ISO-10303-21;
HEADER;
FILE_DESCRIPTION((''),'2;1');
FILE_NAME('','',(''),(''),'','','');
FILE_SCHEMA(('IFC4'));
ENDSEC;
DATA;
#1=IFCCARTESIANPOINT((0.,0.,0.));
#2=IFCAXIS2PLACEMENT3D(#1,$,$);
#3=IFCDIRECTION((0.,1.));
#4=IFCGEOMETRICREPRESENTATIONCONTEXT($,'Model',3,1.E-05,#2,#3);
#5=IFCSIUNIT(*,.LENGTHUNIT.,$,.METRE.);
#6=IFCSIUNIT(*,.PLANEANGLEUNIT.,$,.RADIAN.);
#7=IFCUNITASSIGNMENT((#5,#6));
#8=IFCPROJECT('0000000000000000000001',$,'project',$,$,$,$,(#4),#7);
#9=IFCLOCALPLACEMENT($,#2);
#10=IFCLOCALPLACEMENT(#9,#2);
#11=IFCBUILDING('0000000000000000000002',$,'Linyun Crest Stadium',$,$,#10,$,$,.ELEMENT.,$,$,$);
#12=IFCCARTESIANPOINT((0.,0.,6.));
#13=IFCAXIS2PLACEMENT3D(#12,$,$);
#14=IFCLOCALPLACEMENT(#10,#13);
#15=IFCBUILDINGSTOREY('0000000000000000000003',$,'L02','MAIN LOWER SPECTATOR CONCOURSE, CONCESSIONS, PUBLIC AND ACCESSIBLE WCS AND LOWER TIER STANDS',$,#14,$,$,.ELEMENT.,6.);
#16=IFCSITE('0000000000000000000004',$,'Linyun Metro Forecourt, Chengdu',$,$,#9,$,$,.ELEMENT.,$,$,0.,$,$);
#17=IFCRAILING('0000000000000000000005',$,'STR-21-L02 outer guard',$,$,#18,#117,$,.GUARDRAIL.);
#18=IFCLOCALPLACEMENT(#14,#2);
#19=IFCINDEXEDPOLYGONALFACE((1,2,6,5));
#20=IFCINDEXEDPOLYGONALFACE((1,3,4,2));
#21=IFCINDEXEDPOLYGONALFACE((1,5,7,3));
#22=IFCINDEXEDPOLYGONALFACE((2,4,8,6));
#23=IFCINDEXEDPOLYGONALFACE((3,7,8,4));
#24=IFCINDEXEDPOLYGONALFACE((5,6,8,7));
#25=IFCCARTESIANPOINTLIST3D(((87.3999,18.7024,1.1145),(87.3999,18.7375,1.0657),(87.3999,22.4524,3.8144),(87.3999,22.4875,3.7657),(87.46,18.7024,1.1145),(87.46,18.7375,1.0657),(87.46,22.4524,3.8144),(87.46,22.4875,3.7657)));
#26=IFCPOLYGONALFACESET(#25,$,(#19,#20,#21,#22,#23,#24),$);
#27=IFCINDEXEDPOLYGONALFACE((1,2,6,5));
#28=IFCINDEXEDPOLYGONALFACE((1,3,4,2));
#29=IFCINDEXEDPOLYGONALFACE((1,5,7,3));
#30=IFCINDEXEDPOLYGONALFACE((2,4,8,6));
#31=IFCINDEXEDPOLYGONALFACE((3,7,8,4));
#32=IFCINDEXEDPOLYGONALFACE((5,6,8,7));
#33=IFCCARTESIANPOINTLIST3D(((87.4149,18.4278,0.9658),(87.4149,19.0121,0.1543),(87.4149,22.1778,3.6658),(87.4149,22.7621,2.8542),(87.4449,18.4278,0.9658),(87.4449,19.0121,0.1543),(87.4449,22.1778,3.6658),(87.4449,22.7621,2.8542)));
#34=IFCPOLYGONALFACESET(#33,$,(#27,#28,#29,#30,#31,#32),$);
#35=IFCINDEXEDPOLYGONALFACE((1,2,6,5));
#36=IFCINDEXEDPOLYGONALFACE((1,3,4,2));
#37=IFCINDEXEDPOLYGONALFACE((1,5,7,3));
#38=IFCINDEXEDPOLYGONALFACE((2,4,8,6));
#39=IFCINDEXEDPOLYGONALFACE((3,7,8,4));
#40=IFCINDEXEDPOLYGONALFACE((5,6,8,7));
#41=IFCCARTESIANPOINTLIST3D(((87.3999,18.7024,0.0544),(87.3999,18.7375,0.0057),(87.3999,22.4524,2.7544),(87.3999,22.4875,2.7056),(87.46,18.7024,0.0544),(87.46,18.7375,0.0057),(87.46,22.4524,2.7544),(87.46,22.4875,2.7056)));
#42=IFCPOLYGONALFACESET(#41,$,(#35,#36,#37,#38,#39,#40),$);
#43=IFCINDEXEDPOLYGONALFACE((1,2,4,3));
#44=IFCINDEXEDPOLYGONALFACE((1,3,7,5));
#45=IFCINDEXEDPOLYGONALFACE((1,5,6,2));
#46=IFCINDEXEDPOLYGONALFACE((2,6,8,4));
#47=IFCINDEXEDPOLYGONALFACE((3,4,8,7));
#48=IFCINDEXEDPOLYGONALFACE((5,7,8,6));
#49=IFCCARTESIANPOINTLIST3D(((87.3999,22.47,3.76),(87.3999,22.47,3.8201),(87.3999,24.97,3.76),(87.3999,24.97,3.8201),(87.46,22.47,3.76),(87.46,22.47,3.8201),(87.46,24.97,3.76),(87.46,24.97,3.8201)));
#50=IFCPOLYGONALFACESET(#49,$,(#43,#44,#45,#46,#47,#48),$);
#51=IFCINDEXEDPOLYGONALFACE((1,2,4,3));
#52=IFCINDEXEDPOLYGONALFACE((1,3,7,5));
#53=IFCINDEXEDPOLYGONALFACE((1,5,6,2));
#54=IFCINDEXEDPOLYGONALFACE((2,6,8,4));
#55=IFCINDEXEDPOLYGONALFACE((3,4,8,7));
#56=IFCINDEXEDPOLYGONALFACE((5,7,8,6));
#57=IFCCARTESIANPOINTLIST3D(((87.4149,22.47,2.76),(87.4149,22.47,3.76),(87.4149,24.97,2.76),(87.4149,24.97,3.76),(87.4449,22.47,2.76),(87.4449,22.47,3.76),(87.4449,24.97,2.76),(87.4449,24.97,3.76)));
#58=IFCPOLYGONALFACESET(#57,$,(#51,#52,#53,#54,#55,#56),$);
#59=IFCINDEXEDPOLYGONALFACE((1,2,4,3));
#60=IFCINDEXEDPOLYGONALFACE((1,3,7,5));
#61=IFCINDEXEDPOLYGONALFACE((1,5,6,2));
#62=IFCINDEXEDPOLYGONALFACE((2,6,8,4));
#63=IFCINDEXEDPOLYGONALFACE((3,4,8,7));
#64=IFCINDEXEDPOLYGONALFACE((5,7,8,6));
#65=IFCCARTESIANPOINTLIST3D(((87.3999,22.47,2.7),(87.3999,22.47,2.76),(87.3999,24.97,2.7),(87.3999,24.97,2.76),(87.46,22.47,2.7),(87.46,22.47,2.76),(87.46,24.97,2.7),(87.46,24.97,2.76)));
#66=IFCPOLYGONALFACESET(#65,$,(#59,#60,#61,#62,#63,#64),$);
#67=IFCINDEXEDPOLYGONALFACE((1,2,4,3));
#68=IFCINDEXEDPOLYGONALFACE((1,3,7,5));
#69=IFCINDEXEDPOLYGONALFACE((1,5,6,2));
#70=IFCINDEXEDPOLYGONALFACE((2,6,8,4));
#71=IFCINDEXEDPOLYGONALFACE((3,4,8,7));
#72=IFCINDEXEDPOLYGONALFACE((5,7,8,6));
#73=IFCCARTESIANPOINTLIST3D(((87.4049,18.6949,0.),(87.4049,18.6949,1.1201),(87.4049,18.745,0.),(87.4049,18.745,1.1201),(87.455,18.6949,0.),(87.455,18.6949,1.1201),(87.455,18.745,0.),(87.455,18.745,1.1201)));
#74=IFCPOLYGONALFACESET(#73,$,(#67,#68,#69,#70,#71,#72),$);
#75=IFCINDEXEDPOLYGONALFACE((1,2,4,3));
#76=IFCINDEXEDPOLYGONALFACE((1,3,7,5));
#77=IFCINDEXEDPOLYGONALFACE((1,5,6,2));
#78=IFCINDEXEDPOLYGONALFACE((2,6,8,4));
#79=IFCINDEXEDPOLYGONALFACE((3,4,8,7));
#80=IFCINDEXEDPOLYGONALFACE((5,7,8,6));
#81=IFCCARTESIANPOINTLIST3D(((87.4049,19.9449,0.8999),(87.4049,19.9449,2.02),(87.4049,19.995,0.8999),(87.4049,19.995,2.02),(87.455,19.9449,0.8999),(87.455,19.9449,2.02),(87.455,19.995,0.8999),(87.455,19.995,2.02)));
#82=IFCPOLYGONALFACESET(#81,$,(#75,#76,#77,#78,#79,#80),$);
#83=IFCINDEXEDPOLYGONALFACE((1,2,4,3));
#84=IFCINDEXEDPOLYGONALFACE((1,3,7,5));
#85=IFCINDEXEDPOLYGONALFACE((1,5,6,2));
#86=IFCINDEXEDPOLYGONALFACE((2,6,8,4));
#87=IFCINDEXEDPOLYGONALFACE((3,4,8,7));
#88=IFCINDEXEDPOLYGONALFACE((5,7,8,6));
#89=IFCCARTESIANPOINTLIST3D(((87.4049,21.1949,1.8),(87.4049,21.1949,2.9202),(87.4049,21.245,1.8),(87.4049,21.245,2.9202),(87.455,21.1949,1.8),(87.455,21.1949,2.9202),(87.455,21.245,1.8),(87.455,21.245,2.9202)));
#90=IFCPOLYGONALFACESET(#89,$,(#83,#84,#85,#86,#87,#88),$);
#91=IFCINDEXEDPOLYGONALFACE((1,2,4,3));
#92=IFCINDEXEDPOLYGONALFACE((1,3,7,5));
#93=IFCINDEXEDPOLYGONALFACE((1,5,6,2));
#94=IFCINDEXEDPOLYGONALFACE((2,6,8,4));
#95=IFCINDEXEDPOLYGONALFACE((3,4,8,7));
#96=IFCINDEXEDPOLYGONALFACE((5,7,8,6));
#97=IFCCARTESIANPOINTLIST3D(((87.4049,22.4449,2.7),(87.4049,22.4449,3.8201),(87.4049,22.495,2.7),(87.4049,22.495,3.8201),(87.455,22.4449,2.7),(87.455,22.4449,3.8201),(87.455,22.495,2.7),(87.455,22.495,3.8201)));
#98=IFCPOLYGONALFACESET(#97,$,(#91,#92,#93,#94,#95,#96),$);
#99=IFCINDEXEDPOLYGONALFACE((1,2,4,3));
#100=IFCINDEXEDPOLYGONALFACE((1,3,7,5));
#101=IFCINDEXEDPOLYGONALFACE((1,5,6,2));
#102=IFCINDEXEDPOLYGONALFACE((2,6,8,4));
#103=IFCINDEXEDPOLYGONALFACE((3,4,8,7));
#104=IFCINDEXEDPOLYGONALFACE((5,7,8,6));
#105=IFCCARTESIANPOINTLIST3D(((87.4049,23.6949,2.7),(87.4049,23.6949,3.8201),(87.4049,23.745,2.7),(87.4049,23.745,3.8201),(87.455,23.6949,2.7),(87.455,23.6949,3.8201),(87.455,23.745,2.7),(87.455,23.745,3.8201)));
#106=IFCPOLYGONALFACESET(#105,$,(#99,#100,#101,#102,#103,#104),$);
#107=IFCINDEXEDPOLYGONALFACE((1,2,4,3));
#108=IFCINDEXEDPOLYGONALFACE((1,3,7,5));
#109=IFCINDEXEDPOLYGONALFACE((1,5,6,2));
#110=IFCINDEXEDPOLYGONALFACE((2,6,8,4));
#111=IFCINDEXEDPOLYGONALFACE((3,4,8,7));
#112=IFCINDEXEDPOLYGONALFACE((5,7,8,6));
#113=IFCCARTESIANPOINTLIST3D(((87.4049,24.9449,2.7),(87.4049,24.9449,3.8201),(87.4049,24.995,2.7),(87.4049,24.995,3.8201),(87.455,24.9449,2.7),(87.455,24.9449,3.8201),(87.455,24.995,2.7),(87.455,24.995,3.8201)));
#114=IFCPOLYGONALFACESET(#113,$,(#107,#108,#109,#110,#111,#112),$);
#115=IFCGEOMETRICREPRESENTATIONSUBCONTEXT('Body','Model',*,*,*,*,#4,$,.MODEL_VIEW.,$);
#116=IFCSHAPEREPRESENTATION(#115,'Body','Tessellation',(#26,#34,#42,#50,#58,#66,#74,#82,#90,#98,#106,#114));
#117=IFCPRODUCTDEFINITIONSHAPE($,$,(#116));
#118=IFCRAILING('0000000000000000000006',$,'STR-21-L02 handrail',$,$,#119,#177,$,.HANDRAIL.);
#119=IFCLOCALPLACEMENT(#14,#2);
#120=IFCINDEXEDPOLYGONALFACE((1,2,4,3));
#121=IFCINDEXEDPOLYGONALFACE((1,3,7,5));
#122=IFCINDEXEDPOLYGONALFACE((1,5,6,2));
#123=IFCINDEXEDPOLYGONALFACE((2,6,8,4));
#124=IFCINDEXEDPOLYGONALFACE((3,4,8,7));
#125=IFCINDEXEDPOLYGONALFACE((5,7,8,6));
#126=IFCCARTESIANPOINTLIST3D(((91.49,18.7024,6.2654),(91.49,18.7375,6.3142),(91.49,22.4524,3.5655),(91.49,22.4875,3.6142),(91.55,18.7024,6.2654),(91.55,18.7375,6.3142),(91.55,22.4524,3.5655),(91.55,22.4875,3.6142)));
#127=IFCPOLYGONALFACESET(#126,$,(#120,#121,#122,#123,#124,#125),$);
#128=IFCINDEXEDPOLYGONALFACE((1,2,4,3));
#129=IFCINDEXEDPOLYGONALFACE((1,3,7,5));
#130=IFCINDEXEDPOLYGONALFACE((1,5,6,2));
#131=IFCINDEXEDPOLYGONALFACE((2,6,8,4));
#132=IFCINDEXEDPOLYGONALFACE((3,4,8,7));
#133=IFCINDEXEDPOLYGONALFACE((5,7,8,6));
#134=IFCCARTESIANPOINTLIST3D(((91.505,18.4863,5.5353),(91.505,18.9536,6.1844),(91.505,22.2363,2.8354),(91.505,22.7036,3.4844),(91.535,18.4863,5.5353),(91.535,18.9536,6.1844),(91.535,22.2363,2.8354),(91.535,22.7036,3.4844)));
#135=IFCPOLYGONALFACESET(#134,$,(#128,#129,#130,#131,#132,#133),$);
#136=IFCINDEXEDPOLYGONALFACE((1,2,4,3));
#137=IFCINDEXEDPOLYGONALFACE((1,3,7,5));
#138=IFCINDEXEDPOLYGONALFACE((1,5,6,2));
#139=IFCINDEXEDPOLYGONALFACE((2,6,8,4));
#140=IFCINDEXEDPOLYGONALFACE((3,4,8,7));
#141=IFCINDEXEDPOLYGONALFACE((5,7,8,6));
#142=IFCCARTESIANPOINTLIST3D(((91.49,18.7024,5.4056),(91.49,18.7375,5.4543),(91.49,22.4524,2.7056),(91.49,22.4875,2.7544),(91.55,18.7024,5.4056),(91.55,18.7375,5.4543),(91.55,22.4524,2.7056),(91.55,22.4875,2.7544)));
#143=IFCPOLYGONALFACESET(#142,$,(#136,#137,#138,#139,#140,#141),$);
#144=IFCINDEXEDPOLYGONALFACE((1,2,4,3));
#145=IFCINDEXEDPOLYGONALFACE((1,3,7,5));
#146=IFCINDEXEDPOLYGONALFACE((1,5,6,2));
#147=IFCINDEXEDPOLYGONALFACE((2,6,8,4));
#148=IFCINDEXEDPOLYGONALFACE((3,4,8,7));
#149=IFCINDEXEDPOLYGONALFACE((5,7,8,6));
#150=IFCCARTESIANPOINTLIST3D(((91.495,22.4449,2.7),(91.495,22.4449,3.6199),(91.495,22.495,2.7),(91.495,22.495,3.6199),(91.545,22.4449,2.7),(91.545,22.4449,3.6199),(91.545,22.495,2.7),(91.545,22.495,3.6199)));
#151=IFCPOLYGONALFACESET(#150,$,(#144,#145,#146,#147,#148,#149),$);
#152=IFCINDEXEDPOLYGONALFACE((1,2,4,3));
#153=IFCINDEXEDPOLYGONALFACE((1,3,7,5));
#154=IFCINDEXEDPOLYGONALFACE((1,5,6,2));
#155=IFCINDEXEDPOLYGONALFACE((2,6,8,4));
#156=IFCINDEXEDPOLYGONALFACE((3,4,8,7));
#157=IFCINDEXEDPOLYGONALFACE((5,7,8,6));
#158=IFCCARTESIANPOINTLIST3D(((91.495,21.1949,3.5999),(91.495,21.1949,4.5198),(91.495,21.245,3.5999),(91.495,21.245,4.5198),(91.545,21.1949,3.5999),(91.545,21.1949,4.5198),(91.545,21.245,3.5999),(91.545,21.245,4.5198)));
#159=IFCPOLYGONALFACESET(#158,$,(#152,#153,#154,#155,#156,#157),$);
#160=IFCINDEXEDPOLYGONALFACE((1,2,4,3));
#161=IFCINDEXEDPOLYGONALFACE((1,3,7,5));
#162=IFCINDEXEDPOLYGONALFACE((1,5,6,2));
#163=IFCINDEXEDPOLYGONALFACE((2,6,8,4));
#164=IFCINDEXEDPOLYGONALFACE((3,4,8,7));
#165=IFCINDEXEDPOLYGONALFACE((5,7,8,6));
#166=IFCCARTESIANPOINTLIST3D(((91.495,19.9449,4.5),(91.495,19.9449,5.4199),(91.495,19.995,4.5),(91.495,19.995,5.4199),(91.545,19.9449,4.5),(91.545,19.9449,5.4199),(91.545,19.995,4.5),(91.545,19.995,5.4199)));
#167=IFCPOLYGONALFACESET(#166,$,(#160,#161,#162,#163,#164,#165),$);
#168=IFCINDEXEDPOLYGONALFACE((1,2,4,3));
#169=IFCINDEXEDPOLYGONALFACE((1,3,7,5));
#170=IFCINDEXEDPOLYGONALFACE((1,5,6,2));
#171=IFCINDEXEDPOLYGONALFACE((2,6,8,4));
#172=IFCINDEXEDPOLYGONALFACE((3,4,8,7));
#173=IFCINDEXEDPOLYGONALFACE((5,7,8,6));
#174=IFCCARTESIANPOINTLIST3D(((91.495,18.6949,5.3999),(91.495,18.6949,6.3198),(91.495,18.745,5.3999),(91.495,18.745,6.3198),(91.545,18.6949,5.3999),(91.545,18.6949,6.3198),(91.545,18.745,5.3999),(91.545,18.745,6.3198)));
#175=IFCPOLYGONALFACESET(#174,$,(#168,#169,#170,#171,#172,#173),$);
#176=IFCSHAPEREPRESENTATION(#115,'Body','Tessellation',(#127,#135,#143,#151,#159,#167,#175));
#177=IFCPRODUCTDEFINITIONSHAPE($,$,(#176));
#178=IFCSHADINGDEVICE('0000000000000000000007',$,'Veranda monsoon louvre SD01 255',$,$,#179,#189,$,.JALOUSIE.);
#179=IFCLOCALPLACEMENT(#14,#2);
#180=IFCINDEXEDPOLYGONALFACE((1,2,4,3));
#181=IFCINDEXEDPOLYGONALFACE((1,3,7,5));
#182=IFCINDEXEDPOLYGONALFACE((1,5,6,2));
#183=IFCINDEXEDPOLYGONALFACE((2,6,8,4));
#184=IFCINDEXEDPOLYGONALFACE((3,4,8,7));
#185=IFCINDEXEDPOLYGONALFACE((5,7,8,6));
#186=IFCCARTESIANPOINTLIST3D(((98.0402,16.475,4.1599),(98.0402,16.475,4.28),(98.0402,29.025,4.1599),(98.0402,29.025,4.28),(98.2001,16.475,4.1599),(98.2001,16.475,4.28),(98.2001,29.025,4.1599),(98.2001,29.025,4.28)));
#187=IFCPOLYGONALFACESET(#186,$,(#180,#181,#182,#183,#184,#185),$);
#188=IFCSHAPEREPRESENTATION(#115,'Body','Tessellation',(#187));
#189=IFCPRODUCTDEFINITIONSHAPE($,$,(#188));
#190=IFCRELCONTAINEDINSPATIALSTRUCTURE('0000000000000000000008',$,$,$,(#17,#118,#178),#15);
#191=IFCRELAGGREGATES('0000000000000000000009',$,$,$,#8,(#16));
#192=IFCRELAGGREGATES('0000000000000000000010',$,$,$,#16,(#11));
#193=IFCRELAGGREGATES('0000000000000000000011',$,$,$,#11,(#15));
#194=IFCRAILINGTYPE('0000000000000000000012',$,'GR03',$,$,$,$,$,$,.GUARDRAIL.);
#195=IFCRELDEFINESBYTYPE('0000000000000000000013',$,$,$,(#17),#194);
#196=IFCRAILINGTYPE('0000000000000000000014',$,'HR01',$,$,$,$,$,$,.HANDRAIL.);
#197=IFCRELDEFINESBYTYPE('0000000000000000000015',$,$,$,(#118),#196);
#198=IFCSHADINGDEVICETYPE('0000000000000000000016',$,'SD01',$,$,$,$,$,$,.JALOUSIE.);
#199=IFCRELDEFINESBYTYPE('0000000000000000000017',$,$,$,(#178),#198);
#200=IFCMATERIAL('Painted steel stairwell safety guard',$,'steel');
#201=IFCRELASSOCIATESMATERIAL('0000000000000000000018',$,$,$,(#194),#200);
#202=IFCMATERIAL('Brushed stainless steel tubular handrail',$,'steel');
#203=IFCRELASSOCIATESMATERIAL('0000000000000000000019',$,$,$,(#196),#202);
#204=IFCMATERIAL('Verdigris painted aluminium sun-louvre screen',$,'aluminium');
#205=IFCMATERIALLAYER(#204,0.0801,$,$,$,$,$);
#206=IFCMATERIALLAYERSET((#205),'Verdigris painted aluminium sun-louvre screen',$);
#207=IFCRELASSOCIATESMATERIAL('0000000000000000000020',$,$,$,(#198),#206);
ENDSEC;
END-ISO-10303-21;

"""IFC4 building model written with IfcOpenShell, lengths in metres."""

from ifc_helpers import new_model, si_unit, direction, frame, origin, origin_2d, place, context, subcontext, project, spatial, rectangle, extrude, material, layer, layer_set, type_object, element, save


model = new_model("IFC4")

# Units and contexts
model_context = context("Model", 3, precision=1e-05, world=origin(), true_north=direction((0.0, 1.0)))
body_context = subcontext(model_context, "Body", "Model", "MODEL_VIEW")
ifc_project = project(units=[si_unit("LENGTHUNIT", "METRE"), si_unit("PLANEANGLEUNIT", "RADIAN")], contexts=[model_context])

# Site, building, storey
site_placement = place(None, origin())
site = spatial("IfcSite", under=ifc_project, at=site_placement, Name="Linyun Metro Forecourt, Chengdu", CompositionType="ELEMENT", RefElevation=0.0)
building_placement = place(site_placement, origin())
building = spatial("IfcBuilding", under=site, at=building_placement, Name="Linyun Crest Stadium", CompositionType="ELEMENT")
storey_placement = place(building_placement, frame((0.0, 0.0, 6.0)))
storey = spatial("IfcBuildingStorey", under=building, at=storey_placement, Name="L02", Description="MAIN LOWER SPECTATOR CONCOURSE, CONCESSIONS, PUBLIC AND ACCESSIBLE WCS AND LOWER TIER STANDS", CompositionType="ELEMENT", Elevation=6.0)

# Railings
ifc_material_1 = material(Name="Painted steel stairwell safety guard", Category="steel")
railing_type_1 = type_object("IfcRailingType", Name="GR03", PredefinedType="GUARDRAIL", material=ifc_material_1)
railing_1_placement = place(storey_placement, frame((87.4299, 18.72, 0.0)))
element("IfcRailing", 1, at=railing_1_placement, inside=storey, type_object=railing_type_1, Name="STR-21-L02 outer guard", PredefinedType="GUARDRAIL", context=body_context, shape_type="SweptSolid", body=[
    extrude(rectangle(XDim=0.0601, YDim=0.0601, at=origin_2d()), frame((0.0, 0.0, 1.0901), z_axis=(0.0, 0.811539, 0.584298), x_axis=(-1.0, 0.0, 0.0)), (0.0, 0.0, 1.0), 4.6208),
    extrude(rectangle(XDim=0.03, YDim=1.0, at=origin_2d()), frame((0.0, 0.0, 0.5601), z_axis=(0.0, 0.811539, 0.584298), x_axis=(-1.0, 0.0, 0.0)), (0.0, 0.0, 1.0), 4.6208),
    extrude(rectangle(XDim=0.0601, YDim=0.0601, at=origin_2d()), frame((0.0, 0.0, 0.03), z_axis=(0.0, 0.811539, 0.584298), x_axis=(-1.0, 0.0, 0.0)), (0.0, 0.0, 1.0), 4.6208),
    extrude(rectangle(XDim=0.0601, YDim=0.0601, at=origin_2d()), frame((0.0, 3.75, 3.79), z_axis=(0.0, 1.0, 0.0), x_axis=(-1.0, 0.0, 0.0)), (0.0, 0.0, 1.0), 2.5),
    extrude(rectangle(XDim=0.03, YDim=1.0, at=origin_2d()), frame((0.0, 3.75, 3.26), z_axis=(0.0, 1.0, 0.0), x_axis=(-1.0, 0.0, 0.0)), (0.0, 0.0, 1.0), 2.5),
    extrude(rectangle(XDim=0.0601, YDim=0.0601, at=origin_2d()), frame((0.0, 3.75, 2.73), z_axis=(0.0, 1.0, 0.0), x_axis=(-1.0, 0.0, 0.0)), (0.0, 0.0, 1.0), 2.5),
    extrude(rectangle(XDim=0.05, YDim=0.05, at=origin_2d()), origin(), (0.0, 0.0, 1.0), 1.1201),
    extrude(rectangle(XDim=0.05, YDim=0.05, at=origin_2d()), frame((0.0, 1.25, 0.8999)), (0.0, 0.0, 1.0), 1.1201),
    extrude(rectangle(XDim=0.05, YDim=0.05, at=origin_2d()), frame((0.0, 2.5, 1.8)), (0.0, 0.0, 1.0), 1.1201),
    extrude(rectangle(XDim=0.05, YDim=0.05, at=origin_2d()), frame((0.0, 3.75, 2.7)), (0.0, 0.0, 1.0), 1.1201),
    extrude(rectangle(XDim=0.05, YDim=0.05, at=origin_2d()), frame((0.0, 5.0, 2.7)), (0.0, 0.0, 1.0), 1.1201),
    extrude(rectangle(XDim=0.05, YDim=0.05, at=origin_2d()), frame((0.0, 6.25, 2.7)), (0.0, 0.0, 1.0), 1.1201),
])
ifc_material_2 = material(Name="Brushed stainless steel tubular handrail", Category="steel")
railing_type_2 = type_object("IfcRailingType", Name="HR01", PredefinedType="HANDRAIL", material=ifc_material_2)
railing_2_placement = place(storey_placement, frame((91.52, 22.47, 2.7)))
element("IfcRailing", 2, at=railing_2_placement, inside=storey, type_object=railing_type_2, Name="STR-21-L02 handrail", PredefinedType="HANDRAIL", context=body_context, shape_type="SweptSolid", body=[
    extrude(rectangle(XDim=0.0601, YDim=0.0601, at=origin_2d()), frame((0.0, 0.0, 0.8899), z_axis=(0.0, -0.811539, 0.584298), x_axis=(1.0, 0.0, 0.0)), (0.0, 0.0, 1.0), 4.6208),
    extrude(rectangle(XDim=0.03, YDim=0.7998, at=origin_2d()), frame((0.0, 0.0, 0.46), z_axis=(0.0, -0.811539, 0.584298), x_axis=(1.0, 0.0, 0.0)), (0.0, 0.0, 1.0), 4.6208),
    extrude(rectangle(XDim=0.0601, YDim=0.0601, at=origin_2d()), frame((0.0, 0.0, 0.03), z_axis=(0.0, -0.811539, 0.584298), x_axis=(1.0, 0.0, 0.0)), (0.0, 0.0, 1.0), 4.6208),
    extrude(rectangle(XDim=0.05, YDim=0.05, at=origin_2d()), origin(), (0.0, 0.0, 1.0), 0.9199),
    extrude(rectangle(XDim=0.05, YDim=0.05, at=origin_2d()), frame((0.0, -1.25, 0.8999)), (0.0, 0.0, 1.0), 0.9199),
    extrude(rectangle(XDim=0.05, YDim=0.05, at=origin_2d()), frame((0.0, -2.5, 1.8)), (0.0, 0.0, 1.0), 0.9199),
    extrude(rectangle(XDim=0.05, YDim=0.05, at=origin_2d()), frame((0.0, -3.75, 2.7)), (0.0, 0.0, 1.0), 0.9199),
])

# Shading device
ifc_material_3 = material(Name="Verdigris painted aluminium sun-louvre screen", Category="aluminium")
ifc_layer_1 = layer(ifc_material_3, 0.0801)
ifc_layer_set_1 = layer_set([ifc_layer_1], Name="Verdigris painted aluminium sun-louvre screen")
shading_device_type = type_object("IfcShadingDeviceType", Name="SD01", PredefinedType="JALOUSIE", material=ifc_layer_set_1)
shading_device_placement = place(storey_placement, frame((98.1201, 22.75, 4.1599), z_axis=(0.0, 0.0, 1.0), x_axis=(1.0, 0.0, 0.0)))
element("IfcShadingDevice", 3, at=shading_device_placement, inside=storey, type_object=shading_device_type, Name="Veranda monsoon louvre SD01 255", PredefinedType="JALOUSIE", context=body_context, shape_type="SweptSolid", body=[
    extrude(rectangle(XDim=0.1599, YDim=12.55, at=origin_2d()), origin(), (0.0, 0.0, 1.0), 0.1201),
])

save(model, "model.ifc")
